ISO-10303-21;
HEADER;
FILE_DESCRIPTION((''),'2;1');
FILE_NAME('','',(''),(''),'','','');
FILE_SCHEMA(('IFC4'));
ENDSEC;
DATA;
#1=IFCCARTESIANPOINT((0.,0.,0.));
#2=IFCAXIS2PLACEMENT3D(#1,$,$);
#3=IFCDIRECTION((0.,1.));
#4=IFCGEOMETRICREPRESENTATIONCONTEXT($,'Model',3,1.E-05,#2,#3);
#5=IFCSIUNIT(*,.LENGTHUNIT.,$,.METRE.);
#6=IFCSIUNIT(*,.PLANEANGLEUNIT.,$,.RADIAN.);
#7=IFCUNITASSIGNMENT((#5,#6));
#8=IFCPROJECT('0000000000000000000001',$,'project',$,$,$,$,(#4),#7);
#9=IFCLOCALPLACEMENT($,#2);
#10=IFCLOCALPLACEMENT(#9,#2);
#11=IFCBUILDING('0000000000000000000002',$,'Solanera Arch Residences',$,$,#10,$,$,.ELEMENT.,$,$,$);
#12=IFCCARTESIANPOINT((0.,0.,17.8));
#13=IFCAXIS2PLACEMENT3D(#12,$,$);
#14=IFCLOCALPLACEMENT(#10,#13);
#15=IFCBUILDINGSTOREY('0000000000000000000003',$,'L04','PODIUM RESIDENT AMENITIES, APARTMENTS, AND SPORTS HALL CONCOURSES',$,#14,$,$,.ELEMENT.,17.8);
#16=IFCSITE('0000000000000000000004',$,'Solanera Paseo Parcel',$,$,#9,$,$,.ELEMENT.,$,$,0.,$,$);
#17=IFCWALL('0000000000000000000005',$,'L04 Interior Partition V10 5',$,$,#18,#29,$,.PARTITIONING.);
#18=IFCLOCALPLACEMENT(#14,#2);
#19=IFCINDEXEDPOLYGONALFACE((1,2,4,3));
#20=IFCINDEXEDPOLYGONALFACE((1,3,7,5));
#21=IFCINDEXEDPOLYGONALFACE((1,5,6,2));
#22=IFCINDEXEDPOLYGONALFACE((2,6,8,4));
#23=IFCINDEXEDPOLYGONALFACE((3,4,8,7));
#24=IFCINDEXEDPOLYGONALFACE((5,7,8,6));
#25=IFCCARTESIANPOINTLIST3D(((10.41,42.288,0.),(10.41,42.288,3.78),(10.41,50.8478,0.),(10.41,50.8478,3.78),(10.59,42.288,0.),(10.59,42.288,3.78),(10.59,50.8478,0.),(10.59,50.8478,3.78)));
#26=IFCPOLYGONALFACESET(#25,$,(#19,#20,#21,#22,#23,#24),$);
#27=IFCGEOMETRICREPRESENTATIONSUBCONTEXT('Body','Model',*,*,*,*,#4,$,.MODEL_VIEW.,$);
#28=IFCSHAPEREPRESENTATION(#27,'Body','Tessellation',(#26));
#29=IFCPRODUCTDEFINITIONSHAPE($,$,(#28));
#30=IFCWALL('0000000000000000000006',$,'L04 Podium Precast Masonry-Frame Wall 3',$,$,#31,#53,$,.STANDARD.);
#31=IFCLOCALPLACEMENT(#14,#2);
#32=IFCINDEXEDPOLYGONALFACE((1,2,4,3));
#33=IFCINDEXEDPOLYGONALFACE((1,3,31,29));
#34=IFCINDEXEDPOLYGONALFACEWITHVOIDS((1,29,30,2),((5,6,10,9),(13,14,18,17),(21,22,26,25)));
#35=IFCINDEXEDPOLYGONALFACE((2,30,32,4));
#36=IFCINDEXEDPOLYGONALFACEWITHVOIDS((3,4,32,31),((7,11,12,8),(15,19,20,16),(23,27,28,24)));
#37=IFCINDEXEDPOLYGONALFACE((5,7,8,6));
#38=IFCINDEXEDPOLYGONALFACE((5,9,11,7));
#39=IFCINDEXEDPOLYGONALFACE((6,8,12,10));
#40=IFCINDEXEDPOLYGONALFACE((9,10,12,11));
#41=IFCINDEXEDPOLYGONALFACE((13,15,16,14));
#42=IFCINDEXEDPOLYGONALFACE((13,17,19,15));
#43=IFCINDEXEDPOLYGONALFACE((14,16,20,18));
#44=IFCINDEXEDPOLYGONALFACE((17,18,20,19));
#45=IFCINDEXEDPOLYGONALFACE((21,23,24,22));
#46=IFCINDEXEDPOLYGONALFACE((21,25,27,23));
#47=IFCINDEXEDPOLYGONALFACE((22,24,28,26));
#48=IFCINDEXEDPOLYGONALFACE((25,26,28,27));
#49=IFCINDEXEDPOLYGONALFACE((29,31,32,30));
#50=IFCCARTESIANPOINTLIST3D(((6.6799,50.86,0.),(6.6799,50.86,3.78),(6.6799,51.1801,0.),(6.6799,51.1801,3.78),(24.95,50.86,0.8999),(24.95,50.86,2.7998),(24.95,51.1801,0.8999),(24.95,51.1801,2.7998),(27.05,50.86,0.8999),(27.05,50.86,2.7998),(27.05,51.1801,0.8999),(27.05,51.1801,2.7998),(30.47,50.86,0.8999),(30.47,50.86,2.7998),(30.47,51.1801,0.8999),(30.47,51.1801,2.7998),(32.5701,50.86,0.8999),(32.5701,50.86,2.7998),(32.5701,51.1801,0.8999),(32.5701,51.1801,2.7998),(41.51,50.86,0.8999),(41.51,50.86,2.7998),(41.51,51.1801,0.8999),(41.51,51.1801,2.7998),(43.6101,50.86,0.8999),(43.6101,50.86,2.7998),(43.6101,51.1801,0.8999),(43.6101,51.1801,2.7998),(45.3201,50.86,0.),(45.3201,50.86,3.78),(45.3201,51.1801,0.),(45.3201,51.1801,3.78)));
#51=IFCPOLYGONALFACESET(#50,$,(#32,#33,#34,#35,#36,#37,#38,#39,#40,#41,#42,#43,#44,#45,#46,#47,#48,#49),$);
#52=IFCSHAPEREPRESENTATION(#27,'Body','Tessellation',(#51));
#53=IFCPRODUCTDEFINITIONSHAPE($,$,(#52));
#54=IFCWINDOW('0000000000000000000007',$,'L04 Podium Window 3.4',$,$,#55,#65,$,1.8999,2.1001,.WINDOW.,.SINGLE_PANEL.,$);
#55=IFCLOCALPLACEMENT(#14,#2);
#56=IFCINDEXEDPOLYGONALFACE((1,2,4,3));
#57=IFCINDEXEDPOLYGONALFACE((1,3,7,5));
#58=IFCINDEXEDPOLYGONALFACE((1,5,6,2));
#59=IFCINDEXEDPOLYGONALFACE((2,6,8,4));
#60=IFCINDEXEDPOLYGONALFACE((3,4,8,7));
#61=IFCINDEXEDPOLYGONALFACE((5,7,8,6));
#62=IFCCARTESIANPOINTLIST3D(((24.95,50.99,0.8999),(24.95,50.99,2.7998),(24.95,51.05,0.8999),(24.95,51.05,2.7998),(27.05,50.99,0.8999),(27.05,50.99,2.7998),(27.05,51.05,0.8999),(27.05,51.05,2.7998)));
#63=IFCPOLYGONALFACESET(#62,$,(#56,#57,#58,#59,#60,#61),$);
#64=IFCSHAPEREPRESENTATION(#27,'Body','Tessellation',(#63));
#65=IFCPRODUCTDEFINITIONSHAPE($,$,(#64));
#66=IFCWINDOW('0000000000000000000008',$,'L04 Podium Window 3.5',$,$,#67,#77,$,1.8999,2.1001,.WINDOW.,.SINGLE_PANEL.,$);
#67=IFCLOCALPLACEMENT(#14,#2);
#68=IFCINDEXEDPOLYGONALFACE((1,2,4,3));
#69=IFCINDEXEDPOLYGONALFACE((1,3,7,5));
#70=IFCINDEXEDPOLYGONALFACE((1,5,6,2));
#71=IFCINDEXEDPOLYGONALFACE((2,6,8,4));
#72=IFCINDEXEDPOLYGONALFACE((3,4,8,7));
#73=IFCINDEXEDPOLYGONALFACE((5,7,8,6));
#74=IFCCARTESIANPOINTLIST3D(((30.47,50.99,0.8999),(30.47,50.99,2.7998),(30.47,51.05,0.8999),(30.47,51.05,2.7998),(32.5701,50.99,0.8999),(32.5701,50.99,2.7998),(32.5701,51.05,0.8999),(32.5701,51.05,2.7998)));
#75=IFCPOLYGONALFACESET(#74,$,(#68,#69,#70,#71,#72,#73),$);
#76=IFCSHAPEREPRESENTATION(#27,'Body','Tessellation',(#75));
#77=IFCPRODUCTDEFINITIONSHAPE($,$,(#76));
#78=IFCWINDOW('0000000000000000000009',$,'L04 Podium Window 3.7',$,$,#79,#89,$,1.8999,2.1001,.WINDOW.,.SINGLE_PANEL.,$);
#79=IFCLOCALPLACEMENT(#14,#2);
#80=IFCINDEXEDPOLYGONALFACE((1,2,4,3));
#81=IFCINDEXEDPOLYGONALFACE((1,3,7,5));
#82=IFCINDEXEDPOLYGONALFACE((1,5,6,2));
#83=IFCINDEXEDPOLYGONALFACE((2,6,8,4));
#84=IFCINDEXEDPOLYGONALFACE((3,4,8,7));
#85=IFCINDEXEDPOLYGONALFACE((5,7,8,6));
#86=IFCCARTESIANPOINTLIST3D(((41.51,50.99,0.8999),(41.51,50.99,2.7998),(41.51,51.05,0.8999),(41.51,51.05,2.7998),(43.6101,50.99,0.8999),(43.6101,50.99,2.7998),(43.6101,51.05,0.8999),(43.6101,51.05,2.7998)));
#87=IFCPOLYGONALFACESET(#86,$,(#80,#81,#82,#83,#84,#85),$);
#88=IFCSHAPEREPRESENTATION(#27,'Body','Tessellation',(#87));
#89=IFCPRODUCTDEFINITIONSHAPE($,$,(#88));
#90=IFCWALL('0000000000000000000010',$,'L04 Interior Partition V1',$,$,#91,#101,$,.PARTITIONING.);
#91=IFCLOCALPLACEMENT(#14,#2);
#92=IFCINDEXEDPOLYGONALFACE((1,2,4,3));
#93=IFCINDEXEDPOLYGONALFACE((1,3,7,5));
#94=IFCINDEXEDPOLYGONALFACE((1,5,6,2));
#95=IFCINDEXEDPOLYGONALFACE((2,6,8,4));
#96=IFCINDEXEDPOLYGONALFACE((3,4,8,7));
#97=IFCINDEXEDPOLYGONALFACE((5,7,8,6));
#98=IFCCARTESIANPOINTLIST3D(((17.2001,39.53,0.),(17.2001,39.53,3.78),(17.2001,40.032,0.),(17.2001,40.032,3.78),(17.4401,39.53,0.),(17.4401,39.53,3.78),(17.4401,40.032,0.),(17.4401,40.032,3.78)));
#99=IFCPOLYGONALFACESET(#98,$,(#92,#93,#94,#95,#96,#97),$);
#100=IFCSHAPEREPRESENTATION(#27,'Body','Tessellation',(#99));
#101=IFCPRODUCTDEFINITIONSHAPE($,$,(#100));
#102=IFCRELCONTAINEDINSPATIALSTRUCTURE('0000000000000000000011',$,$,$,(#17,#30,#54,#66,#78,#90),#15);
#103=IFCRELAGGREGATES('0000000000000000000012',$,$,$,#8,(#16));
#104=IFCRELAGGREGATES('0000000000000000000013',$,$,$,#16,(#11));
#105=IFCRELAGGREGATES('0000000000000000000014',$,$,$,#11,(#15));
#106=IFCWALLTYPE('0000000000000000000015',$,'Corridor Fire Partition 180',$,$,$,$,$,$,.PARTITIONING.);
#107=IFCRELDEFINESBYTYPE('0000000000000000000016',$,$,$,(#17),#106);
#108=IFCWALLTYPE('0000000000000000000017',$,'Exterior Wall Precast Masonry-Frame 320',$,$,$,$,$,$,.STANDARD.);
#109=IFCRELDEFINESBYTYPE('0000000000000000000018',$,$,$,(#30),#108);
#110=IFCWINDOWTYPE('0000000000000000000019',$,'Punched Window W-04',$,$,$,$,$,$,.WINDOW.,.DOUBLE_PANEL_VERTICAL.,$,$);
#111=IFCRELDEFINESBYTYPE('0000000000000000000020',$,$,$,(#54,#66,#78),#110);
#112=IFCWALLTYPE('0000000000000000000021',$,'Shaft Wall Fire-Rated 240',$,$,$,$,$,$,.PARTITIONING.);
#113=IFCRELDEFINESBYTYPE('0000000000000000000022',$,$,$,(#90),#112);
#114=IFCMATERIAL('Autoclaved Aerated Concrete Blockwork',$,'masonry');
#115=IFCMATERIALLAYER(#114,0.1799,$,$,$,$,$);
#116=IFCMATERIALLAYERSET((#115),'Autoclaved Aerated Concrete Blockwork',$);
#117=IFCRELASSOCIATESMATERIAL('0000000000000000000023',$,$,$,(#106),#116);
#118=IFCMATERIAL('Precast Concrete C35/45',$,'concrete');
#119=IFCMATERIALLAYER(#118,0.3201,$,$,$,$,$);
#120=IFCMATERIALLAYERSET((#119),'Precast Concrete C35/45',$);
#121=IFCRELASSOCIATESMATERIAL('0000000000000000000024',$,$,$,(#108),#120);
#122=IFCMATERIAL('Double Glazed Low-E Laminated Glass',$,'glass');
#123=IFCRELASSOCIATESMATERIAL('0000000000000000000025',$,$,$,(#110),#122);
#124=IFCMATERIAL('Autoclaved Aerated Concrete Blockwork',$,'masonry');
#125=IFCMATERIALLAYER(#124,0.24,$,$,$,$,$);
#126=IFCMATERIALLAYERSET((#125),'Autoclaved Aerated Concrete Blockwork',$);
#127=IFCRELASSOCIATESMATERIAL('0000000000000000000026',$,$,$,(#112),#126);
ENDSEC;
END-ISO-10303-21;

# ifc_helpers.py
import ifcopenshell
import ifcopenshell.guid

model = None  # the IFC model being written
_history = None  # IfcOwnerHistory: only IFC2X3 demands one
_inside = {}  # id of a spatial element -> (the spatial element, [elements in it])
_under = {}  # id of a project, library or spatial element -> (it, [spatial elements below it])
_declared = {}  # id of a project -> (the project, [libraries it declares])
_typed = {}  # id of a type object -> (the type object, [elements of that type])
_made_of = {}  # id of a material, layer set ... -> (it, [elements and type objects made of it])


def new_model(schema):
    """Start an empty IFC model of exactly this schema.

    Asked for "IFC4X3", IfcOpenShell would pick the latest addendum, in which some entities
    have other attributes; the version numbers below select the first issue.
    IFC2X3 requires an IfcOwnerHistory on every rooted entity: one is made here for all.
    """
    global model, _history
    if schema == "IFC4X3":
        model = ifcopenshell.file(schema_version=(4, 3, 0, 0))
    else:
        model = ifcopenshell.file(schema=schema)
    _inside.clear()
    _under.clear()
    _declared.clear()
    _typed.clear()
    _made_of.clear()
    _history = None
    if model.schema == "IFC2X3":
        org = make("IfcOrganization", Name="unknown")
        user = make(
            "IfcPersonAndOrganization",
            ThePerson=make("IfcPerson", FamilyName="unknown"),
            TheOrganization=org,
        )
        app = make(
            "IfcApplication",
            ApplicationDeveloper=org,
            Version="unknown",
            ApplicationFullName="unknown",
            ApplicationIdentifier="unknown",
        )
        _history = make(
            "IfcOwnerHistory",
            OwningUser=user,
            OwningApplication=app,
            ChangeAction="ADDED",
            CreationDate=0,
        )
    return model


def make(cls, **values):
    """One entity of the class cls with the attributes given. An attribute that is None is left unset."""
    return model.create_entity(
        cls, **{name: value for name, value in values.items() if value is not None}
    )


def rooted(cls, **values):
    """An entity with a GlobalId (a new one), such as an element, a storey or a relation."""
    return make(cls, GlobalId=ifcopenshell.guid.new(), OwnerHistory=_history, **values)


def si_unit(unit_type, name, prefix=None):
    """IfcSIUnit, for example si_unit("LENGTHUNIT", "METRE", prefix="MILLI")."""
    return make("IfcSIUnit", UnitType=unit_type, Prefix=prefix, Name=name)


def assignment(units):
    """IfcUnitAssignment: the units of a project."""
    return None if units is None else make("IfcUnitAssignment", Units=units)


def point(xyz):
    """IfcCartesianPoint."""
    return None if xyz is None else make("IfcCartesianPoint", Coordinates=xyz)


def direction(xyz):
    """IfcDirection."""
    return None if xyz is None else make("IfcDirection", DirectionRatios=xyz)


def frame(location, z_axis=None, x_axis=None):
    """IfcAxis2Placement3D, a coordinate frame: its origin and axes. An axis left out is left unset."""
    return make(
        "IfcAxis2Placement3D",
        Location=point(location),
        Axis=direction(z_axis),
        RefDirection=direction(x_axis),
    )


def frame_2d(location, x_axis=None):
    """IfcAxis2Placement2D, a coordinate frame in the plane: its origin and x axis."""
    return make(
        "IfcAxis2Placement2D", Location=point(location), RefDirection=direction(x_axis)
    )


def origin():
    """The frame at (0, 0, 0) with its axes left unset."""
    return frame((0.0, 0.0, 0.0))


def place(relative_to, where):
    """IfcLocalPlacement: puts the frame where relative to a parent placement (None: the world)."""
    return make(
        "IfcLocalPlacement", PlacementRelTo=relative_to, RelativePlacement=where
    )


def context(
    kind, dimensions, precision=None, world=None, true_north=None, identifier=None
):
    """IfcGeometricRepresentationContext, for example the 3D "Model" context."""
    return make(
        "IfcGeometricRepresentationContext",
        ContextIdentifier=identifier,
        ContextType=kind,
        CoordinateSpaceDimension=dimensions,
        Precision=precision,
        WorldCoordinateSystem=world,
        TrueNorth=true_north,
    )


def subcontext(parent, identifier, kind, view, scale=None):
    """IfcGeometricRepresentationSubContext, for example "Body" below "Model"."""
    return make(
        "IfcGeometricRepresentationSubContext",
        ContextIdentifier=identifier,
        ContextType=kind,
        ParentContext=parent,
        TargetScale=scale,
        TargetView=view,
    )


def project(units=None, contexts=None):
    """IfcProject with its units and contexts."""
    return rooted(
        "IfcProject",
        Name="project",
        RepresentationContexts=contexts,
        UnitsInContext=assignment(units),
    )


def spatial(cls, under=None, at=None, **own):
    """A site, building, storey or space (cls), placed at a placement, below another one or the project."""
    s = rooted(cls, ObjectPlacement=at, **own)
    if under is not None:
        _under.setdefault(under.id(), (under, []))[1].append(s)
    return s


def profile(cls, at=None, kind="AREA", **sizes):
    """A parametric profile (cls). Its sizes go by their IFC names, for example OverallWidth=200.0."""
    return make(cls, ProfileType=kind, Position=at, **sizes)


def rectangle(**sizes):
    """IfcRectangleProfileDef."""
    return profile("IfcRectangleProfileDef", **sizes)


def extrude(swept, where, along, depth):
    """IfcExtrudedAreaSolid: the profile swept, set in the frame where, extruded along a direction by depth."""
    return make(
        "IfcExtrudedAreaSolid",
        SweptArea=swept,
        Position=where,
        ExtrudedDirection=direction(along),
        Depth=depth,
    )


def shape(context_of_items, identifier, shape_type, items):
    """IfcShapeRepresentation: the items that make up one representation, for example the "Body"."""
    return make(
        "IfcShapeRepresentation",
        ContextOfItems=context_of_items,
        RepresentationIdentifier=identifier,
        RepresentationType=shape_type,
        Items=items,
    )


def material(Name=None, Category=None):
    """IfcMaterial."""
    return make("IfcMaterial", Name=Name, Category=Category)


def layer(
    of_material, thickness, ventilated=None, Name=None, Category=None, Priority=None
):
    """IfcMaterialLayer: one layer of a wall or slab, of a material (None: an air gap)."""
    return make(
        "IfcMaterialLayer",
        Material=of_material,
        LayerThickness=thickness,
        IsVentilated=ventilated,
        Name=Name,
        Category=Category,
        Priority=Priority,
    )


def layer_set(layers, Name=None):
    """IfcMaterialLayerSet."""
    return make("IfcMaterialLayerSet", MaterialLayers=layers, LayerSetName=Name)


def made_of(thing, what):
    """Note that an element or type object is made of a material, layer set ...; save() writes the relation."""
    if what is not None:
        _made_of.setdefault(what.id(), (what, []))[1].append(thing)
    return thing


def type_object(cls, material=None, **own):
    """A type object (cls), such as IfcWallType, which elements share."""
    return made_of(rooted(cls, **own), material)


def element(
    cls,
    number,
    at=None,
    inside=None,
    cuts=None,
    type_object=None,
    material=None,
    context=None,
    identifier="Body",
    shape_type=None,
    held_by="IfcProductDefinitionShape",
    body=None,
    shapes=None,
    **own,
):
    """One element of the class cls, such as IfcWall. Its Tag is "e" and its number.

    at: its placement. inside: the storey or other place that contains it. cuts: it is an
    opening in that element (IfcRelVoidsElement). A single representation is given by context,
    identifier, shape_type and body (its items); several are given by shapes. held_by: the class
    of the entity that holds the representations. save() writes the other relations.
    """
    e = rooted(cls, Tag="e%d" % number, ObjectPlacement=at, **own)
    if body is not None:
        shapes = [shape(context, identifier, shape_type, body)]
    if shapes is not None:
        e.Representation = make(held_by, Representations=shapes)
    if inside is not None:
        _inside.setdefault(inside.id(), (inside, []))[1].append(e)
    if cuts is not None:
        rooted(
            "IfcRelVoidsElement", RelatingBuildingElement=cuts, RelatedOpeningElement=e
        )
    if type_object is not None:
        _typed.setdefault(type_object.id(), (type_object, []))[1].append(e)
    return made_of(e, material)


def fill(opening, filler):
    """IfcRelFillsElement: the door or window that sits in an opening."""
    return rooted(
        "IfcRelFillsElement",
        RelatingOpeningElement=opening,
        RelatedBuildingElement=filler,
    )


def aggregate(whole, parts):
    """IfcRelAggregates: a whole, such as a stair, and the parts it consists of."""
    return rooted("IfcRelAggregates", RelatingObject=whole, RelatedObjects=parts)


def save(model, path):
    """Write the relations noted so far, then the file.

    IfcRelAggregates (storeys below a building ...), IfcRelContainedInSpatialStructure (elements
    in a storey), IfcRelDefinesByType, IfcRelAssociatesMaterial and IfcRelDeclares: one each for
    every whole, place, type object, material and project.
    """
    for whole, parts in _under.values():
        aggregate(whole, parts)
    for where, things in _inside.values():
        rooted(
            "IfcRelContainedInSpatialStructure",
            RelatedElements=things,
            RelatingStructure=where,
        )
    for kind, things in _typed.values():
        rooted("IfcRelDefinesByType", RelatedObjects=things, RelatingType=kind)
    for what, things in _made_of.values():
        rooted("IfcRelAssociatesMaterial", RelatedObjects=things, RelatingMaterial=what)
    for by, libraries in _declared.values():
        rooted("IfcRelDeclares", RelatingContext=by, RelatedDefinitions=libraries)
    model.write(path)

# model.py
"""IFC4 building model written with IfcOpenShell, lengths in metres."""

from ifc_helpers import new_model, si_unit, direction, frame, frame_2d, origin, place, context, subcontext, project, spatial, rectangle, extrude, material, layer, layer_set, type_object, element, fill, save


model = new_model("IFC4")

# Units and contexts
model_context = context("Model", 3, precision=1e-05, world=origin(), true_north=direction((0.0, 1.0)))
body_context = subcontext(model_context, "Body", "Model", "MODEL_VIEW")
ifc_project = project(units=[si_unit("LENGTHUNIT", "METRE"), si_unit("PLANEANGLEUNIT", "RADIAN")], contexts=[model_context])

# Site, building, storey
site_placement = place(None, origin())
site = spatial("IfcSite", under=ifc_project, at=site_placement, Name="Solanera Paseo Parcel", CompositionType="ELEMENT", RefElevation=0.0)
building_placement = place(site_placement, origin())
building = spatial("IfcBuilding", under=site, at=building_placement, Name="Solanera Arch Residences", CompositionType="ELEMENT")
storey_placement = place(building_placement, frame((0.0, 0.0, 17.8)))
storey = spatial("IfcBuildingStorey", under=building, at=storey_placement, Name="L04", Description="PODIUM RESIDENT AMENITIES, APARTMENTS, AND SPORTS HALL CONCOURSES", CompositionType="ELEMENT", Elevation=17.8)

# Shared definitions
ifc_material_1 = material(Name="Autoclaved Aerated Concrete Blockwork", Category="masonry")
ifc_layer_1 = layer(ifc_material_1, 0.1799)
ifc_layer_set_1 = layer_set([ifc_layer_1], Name="Autoclaved Aerated Concrete Blockwork")
wall_type_1 = type_object("IfcWallType", Name="Corridor Fire Partition 180", PredefinedType="PARTITIONING", material=ifc_layer_set_1)

# Wall
wall_1_placement = place(storey_placement, frame((10.5, 42.2881, 0.0), z_axis=(0.0, 0.0, 1.0), x_axis=(0.0, 1.0, 0.0)))
element("IfcWall", 1, at=wall_1_placement, inside=storey, type_object=wall_type_1, Name="L04 Interior Partition V10 5", PredefinedType="PARTITIONING", context=body_context, shape_type="SweptSolid", body=[
    extrude(rectangle(XDim=8.5598, YDim=0.1799, at=frame_2d((4.2798, 0.0))), origin(), (0.0, 0.0, 1.0), 3.78),
])

# Wall, openings, windows
ifc_material_2 = material(Name="Precast Concrete C35/45", Category="concrete")
ifc_layer_2 = layer(ifc_material_2, 0.3201)
ifc_layer_set_2 = layer_set([ifc_layer_2], Name="Precast Concrete C35/45")
wall_type_2 = type_object("IfcWallType", Name="Exterior Wall Precast Masonry-Frame 320", PredefinedType="STANDARD", material=ifc_layer_set_2)
wall_2_placement = place(storey_placement, frame((6.6799, 51.02, 0.0), z_axis=(0.0, 0.0, 1.0), x_axis=(1.0, 0.0, 0.0)))
wall_2 = element("IfcWall", 2, at=wall_2_placement, inside=storey, type_object=wall_type_2, Name="L04 Podium Precast Masonry-Frame Wall 3", PredefinedType="STANDARD", context=body_context, shape_type="SweptSolid", body=[
    extrude(rectangle(XDim=38.6401, YDim=0.3201, at=frame_2d((19.3201, 0.0))), origin(), (0.0, 0.0, 1.0), 3.78),
])
opening_1_placement = place(wall_2_placement, frame((18.27, 0.0, 0.8999)))
opening_1 = element("IfcOpeningElement", 3, at=opening_1_placement, cuts=wall_2, PredefinedType="OPENING", context=body_context, shape_type="SweptSolid", body=[
    extrude(rectangle(XDim=2.1001, YDim=1.8999, at=frame_2d((1.05, 0.95))), frame((0.0, 0.1699, 0.0), z_axis=(0.0, -1.0, 0.0), x_axis=(1.0, 0.0, 0.0)), (0.0, 0.0, 1.0), 0.3401),
])
opening_2_placement = place(wall_2_placement, frame((23.79, 0.0, 0.8999)))
opening_2 = element("IfcOpeningElement", 4, at=opening_2_placement, cuts=wall_2, PredefinedType="OPENING", context=body_context, shape_type="SweptSolid", body=[
    extrude(rectangle(XDim=2.1001, YDim=1.8999, at=frame_2d((1.05, 0.95))), frame((0.0, 0.1699, 0.0), z_axis=(0.0, -1.0, 0.0), x_axis=(1.0, 0.0, 0.0)), (0.0, 0.0, 1.0), 0.3401),
])
opening_3_placement = place(wall_2_placement, frame((34.8301, 0.0, 0.8999)))
opening_3 = element("IfcOpeningElement", 5, at=opening_3_placement, cuts=wall_2, PredefinedType="OPENING", context=body_context, shape_type="SweptSolid", body=[
    extrude(rectangle(XDim=2.1001, YDim=1.8999, at=frame_2d((1.05, 0.95))), frame((0.0, 0.1699, 0.0), z_axis=(0.0, -1.0, 0.0), x_axis=(1.0, 0.0, 0.0)), (0.0, 0.0, 1.0), 0.3401),
])
ifc_material_3 = material(Name="Double Glazed Low-E Laminated Glass", Category="glass")
window_type = type_object("IfcWindowType", Name="Punched Window W-04", PartitioningType="DOUBLE_PANEL_VERTICAL", PredefinedType="WINDOW", material=ifc_material_3)
window_1_placement = place(opening_1_placement, origin())
window_1 = element("IfcWindow", 6, at=window_1_placement, inside=storey, type_object=window_type, Name="L04 Podium Window 3.4", OverallHeight=1.8999, OverallWidth=2.1001, PartitioningType="SINGLE_PANEL", PredefinedType="WINDOW", context=body_context, shape_type="SweptSolid", body=[
    extrude(rectangle(XDim=2.1001, YDim=1.8999, at=frame_2d((1.05, 0.95))), frame((0.0, 0.03, 0.0), z_axis=(0.0, -1.0, 0.0), x_axis=(1.0, 0.0, 0.0)), (0.0, 0.0, 1.0), 0.0601),
])
fill(opening_1, window_1)
window_2_placement = place(opening_2_placement, origin())
window_2 = element("IfcWindow", 7, at=window_2_placement, inside=storey, type_object=window_type, Name="L04 Podium Window 3.5", OverallHeight=1.8999, OverallWidth=2.1001, PartitioningType="SINGLE_PANEL", PredefinedType="WINDOW", context=body_context, shape_type="SweptSolid", body=[
    extrude(rectangle(XDim=2.1001, YDim=1.8999, at=frame_2d((1.05, 0.95))), frame((0.0, 0.03, 0.0), z_axis=(0.0, -1.0, 0.0), x_axis=(1.0, 0.0, 0.0)), (0.0, 0.0, 1.0), 0.0601),
])
fill(opening_2, window_2)
window_3_placement = place(opening_3_placement, origin())
window_3 = element("IfcWindow", 8, at=window_3_placement, inside=storey, type_object=window_type, Name="L04 Podium Window 3.7", OverallHeight=1.8999, OverallWidth=2.1001, PartitioningType="SINGLE_PANEL", PredefinedType="WINDOW", context=body_context, shape_type="SweptSolid", body=[
    extrude(rectangle(XDim=2.1001, YDim=1.8999, at=frame_2d((1.05, 0.95))), frame((0.0, 0.03, 0.0), z_axis=(0.0, -1.0, 0.0), x_axis=(1.0, 0.0, 0.0)), (0.0, 0.0, 1.0), 0.0601),
])
fill(opening_3, window_3)

# Wall
ifc_material_4 = material(Name="Autoclaved Aerated Concrete Blockwork", Category="masonry")
ifc_layer_3 = layer(ifc_material_4, 0.24)
ifc_layer_set_3 = layer_set([ifc_layer_3], Name="Autoclaved Aerated Concrete Blockwork")
wall_type_3 = type_object("IfcWallType", Name="Shaft Wall Fire-Rated 240", PredefinedType="PARTITIONING", material=ifc_layer_set_3)
wall_3_placement = place(storey_placement, frame((17.3201, 39.53, 0.0), z_axis=(0.0, 0.0, 1.0), x_axis=(0.0, 1.0, 0.0)))
element("IfcWall", 9, at=wall_3_placement, inside=storey, type_object=wall_type_3, Name="L04 Interior Partition V1", PredefinedType="PARTITIONING", context=body_context, shape_type="SweptSolid", body=[
    extrude(rectangle(XDim=0.502, YDim=0.24, at=frame_2d((0.251, 0.0))), origin(), (0.0, 0.0, 1.0), 3.78),
])

save(model, "model.ifc")
